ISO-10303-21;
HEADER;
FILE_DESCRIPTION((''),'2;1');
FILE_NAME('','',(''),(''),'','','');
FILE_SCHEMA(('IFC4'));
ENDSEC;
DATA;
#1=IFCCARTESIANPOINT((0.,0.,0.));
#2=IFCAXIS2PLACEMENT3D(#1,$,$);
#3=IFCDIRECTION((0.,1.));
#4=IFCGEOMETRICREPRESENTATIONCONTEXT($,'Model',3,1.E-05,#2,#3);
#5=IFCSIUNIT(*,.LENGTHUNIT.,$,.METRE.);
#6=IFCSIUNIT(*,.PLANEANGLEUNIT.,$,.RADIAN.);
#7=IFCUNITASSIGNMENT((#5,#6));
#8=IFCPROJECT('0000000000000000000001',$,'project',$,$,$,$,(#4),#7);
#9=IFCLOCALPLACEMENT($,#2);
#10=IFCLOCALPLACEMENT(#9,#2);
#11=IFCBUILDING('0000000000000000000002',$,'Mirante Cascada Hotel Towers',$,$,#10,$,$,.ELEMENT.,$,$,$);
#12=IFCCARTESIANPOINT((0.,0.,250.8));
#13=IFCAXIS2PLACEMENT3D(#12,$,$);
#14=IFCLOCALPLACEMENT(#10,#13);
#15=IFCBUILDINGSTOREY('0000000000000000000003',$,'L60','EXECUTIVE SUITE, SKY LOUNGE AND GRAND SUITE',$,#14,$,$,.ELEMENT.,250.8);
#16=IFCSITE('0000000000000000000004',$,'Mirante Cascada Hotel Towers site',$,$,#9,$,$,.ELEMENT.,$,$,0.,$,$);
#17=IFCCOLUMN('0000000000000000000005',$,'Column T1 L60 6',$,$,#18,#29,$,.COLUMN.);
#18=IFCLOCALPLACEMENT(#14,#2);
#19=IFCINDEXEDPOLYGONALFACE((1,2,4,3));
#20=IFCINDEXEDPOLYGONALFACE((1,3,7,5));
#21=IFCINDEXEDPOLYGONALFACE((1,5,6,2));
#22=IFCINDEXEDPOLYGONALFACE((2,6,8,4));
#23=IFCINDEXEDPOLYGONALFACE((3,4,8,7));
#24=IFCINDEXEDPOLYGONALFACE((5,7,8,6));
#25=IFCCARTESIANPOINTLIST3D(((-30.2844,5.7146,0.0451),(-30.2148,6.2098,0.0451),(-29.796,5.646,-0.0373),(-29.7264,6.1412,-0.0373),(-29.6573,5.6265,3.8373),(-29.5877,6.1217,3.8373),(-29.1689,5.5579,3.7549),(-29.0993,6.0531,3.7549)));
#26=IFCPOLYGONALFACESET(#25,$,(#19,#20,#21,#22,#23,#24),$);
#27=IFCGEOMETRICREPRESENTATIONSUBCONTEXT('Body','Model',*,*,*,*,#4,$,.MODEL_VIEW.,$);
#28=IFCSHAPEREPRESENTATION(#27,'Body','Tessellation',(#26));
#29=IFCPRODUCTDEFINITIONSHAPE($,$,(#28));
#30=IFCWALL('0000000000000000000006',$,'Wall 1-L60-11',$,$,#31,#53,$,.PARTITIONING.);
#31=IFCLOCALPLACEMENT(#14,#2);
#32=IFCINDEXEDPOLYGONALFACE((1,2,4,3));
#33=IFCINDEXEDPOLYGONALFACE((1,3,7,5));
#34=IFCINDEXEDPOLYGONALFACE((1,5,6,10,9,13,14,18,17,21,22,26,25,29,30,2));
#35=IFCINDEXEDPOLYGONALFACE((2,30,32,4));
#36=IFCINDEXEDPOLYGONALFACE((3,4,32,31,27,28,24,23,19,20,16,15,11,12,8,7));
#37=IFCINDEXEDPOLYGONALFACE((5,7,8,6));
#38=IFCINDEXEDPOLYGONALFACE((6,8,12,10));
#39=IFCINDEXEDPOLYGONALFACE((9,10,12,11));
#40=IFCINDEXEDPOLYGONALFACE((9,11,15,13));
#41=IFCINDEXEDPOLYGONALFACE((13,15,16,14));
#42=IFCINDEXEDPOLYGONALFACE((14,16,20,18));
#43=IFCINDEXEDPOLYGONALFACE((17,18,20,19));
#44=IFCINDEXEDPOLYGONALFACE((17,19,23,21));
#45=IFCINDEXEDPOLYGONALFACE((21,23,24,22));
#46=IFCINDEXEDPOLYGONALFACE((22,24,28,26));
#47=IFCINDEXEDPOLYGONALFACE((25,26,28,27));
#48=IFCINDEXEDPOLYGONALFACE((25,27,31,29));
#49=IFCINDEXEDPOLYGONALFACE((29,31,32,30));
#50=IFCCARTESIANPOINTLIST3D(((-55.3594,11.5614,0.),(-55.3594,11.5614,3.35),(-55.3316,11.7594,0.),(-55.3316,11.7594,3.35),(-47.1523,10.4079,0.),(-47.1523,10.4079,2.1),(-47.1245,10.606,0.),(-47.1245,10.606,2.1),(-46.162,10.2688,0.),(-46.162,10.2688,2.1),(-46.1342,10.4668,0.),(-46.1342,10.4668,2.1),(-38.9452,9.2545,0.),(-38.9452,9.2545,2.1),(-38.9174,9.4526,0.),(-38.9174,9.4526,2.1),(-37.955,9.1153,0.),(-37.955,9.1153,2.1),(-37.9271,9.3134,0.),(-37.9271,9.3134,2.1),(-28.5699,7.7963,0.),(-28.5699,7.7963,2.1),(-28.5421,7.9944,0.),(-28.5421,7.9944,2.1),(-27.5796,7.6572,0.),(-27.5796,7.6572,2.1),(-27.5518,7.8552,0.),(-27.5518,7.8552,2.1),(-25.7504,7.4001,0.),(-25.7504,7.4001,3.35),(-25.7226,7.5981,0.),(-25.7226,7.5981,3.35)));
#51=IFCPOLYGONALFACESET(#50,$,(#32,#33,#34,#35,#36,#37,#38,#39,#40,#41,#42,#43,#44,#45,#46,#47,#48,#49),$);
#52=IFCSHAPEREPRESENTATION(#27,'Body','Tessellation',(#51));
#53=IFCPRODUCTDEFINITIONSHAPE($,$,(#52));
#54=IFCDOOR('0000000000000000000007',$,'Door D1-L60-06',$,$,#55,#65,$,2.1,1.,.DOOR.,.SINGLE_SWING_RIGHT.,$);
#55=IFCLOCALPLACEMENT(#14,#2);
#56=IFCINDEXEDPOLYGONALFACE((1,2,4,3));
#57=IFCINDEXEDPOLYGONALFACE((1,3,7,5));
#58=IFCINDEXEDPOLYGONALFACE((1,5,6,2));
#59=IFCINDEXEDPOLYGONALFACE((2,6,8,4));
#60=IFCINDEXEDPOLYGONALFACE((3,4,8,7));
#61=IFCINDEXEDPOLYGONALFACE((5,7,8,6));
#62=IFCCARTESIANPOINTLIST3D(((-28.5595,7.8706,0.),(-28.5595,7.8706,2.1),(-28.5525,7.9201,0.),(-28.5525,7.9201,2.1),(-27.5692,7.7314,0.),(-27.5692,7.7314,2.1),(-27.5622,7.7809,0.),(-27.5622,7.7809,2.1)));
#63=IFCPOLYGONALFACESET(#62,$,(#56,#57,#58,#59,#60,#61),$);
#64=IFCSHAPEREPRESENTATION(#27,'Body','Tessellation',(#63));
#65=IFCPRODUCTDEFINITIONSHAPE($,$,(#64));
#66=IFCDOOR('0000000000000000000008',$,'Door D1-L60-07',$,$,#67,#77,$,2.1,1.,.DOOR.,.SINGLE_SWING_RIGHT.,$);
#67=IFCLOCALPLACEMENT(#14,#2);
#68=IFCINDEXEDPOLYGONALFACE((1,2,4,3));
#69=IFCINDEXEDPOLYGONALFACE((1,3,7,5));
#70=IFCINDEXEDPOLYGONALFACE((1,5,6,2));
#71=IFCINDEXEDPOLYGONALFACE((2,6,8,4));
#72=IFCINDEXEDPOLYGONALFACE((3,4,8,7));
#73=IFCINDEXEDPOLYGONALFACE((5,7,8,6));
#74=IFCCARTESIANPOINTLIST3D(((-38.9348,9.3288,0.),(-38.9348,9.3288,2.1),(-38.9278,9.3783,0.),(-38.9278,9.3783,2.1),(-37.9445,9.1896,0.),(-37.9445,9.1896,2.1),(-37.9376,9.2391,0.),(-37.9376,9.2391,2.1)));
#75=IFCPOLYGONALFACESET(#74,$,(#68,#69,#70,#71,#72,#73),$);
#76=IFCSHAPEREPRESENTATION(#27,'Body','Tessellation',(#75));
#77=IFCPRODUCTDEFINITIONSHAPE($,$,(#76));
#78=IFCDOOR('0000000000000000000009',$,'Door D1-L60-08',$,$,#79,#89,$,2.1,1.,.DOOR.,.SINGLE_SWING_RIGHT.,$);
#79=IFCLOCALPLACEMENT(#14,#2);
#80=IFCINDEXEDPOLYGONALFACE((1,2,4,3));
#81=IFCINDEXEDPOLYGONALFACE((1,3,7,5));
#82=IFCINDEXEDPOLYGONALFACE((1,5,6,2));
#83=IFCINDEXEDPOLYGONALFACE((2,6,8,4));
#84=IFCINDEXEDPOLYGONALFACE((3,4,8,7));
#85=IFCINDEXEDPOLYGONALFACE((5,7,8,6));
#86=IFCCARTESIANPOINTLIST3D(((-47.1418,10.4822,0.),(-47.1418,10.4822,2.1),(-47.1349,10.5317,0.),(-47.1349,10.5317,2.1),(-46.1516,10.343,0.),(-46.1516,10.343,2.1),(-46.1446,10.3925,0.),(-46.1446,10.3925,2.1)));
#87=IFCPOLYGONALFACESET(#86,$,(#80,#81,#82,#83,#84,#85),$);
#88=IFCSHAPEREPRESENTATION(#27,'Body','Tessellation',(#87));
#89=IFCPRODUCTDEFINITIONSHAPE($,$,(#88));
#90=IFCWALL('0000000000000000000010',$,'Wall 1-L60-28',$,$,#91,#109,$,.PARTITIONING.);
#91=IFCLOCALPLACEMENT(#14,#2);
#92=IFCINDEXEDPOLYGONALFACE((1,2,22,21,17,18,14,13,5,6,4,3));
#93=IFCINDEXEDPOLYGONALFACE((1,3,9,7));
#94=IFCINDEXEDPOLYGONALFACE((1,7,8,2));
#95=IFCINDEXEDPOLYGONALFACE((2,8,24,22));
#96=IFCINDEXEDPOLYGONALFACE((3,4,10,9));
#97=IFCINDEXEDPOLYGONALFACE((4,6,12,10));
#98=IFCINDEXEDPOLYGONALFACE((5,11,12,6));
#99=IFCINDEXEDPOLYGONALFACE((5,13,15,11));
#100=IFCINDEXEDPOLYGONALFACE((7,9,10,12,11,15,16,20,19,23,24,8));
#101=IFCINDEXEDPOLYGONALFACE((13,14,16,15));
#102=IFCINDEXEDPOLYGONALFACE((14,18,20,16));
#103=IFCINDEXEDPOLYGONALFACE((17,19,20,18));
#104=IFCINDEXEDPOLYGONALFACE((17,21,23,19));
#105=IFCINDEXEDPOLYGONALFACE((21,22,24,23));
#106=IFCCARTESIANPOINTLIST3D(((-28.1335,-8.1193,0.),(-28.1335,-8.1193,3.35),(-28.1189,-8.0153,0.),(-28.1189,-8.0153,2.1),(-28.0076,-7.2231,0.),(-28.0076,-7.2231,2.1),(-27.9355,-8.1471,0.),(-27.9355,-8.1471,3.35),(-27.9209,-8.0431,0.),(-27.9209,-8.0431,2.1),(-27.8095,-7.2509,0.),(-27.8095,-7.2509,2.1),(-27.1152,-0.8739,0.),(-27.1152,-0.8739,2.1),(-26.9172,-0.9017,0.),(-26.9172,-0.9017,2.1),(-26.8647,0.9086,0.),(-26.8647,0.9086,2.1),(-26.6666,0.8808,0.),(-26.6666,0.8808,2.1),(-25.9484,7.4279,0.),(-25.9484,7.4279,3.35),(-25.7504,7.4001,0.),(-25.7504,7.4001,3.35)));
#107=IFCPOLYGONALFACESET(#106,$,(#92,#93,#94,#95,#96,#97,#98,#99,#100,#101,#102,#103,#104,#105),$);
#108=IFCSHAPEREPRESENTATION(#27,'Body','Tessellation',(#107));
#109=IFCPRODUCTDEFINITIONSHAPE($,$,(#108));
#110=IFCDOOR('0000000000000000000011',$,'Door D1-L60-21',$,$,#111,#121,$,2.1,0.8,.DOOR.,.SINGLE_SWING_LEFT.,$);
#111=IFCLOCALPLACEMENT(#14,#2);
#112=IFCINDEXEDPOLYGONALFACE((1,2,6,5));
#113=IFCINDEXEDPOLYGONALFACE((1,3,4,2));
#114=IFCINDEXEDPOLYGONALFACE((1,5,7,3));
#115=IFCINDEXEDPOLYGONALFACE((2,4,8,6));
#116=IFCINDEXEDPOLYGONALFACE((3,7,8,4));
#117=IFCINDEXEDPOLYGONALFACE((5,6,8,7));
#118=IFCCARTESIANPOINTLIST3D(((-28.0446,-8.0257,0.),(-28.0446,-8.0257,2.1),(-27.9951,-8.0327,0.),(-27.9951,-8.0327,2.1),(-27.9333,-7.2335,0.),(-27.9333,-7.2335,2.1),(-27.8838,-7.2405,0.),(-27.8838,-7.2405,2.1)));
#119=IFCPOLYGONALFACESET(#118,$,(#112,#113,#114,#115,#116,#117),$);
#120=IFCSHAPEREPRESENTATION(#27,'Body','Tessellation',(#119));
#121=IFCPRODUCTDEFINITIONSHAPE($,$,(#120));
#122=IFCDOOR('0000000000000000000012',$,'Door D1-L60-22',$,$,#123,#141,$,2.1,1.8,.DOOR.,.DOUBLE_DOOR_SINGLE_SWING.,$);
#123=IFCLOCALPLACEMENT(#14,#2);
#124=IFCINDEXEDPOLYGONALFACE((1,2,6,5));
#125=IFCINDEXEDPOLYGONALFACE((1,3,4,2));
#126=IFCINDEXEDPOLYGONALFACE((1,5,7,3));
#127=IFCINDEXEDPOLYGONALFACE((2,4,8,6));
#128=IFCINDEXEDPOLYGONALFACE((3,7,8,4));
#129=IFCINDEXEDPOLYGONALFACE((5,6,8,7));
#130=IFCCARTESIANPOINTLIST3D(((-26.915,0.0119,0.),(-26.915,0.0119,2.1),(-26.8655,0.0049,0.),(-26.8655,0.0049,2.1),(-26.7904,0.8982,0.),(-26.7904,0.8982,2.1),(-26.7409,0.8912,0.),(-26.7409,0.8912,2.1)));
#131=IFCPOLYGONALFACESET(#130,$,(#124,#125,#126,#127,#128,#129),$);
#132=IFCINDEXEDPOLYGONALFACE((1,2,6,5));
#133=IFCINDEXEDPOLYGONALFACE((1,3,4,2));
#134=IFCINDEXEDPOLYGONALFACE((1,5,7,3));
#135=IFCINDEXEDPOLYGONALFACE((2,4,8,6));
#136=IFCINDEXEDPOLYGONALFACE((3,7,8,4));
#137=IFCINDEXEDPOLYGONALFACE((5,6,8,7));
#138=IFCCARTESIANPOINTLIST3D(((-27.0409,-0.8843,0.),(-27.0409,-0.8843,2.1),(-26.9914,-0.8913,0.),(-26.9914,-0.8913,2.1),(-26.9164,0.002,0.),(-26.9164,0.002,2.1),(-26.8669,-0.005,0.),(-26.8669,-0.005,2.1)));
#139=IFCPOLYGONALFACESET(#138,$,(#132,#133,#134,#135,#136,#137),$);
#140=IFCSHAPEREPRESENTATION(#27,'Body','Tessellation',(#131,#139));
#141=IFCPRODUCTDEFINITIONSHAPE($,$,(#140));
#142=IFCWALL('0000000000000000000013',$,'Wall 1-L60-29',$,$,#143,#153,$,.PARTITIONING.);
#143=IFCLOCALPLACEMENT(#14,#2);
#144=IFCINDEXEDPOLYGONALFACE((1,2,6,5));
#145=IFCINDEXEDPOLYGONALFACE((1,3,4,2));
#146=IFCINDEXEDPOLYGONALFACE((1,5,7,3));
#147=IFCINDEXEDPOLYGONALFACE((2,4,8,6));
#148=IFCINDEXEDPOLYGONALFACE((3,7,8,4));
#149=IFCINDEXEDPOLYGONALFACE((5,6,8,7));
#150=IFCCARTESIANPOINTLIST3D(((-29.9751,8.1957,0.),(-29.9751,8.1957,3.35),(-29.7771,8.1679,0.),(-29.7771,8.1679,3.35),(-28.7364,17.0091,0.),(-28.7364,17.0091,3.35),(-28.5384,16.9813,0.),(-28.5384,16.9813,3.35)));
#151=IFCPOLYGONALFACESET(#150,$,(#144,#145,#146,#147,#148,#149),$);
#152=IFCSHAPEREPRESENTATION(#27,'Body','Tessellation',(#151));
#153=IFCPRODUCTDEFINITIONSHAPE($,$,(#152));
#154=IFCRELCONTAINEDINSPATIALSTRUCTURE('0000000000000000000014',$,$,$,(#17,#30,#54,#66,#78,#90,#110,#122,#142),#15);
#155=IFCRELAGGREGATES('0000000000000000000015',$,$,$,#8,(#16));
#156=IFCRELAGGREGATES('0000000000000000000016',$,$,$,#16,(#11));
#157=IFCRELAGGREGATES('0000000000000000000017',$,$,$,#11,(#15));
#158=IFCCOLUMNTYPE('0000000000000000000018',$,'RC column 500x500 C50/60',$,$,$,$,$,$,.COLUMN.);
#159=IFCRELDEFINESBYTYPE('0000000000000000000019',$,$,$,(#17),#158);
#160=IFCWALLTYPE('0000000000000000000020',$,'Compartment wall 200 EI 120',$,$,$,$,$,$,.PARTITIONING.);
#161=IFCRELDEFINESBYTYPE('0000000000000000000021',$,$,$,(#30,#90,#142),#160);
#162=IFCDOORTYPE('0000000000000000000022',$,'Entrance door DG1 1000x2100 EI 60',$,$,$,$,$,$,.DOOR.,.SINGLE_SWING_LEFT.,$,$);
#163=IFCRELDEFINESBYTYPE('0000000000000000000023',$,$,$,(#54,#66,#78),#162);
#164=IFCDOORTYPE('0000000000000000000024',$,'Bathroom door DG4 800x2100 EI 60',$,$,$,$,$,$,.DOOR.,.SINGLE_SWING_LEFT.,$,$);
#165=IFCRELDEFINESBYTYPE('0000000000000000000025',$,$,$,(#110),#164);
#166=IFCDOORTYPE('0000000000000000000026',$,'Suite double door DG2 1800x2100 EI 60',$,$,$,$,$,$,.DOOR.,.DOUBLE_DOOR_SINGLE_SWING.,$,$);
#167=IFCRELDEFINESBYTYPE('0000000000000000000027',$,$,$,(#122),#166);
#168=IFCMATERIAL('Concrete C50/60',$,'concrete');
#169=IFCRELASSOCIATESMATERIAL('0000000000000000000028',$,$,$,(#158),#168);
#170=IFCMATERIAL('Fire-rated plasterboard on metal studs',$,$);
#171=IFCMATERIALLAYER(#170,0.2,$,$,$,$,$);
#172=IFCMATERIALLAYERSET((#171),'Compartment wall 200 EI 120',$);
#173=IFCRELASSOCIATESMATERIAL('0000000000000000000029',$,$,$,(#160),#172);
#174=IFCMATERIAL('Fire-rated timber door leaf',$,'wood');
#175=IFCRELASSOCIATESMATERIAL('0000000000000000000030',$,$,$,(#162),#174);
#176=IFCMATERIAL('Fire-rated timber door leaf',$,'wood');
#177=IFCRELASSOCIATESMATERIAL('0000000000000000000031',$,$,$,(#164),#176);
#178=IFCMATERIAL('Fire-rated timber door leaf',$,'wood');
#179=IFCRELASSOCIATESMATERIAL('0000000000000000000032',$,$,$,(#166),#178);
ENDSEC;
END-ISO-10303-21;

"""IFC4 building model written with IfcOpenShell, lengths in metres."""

from ifc_helpers import new_model, si_unit, direction, frame, frame_2d, origin, origin_2d, place, context, subcontext, project, spatial, rectangle, extrude, material, layer, layer_set, material_profile, profile_set, type_object, element, fill, save


model = new_model("IFC4")

# Units and contexts
model_context = context("Model", 3, precision=1e-05, world=origin(), true_north=direction((0.0, 1.0)))
body_context = subcontext(model_context, "Body", "Model", "MODEL_VIEW")
ifc_project = project(units=[si_unit("LENGTHUNIT", "METRE"), si_unit("PLANEANGLEUNIT", "RADIAN")], contexts=[model_context])

# Site, building, storey
site_placement = place(None, origin())
site = spatial("IfcSite", under=ifc_project, at=site_placement, Name="Mirante Cascada Hotel Towers site", CompositionType="ELEMENT", RefElevation=0.0)
building_placement = place(site_placement, origin())
building = spatial("IfcBuilding", under=site, at=building_placement, Name="Mirante Cascada Hotel Towers", CompositionType="ELEMENT")
storey_placement = place(building_placement, frame((0.0, 0.0, 250.8)))
storey = spatial("IfcBuildingStorey", under=building, at=storey_placement, Name="L60", Description="EXECUTIVE SUITE, SKY LOUNGE AND GRAND SUITE", CompositionType="ELEMENT", Elevation=250.8)

# Column
ifc_material_1 = material(Name="Concrete C50/60", Category="concrete")
ifc_material_profile = material_profile(ifc_material_1, rectangle(XDim=0.5, YDim=0.5, at=origin_2d()), Name="RC column 500x500 C50/60")
ifc_profile_set = profile_set([ifc_material_profile], Name="Concrete C50/60")
column_type = type_object("IfcColumnType", Name="RC column 500x500 C50/60", PredefinedType="COLUMN", material=ifc_profile_set)
column_placement = place(storey_placement, frame((-30.0054, 5.9279, 0.0039), z_axis=(0.163107, -0.022915, 0.986342), x_axis=(0.139122, 0.990275, 0.0)))
element("IfcColumn", 1, at=column_placement, inside=storey, type_object=column_type, Name="Column T1 L60 6", PredefinedType="COLUMN", context=body_context, shape_type="SweptSolid", body=[
    extrude(rectangle(XDim=0.5, YDim=0.5, at=origin_2d()), origin(), (0.0, 0.0, 1.0), 3.8447),
])

# Walls, openings, doors
ifc_material_2 = material(Name="Fire-rated plasterboard on metal studs")
ifc_layer_1 = layer(ifc_material_2, 0.2)
ifc_layer_set_1 = layer_set([ifc_layer_1], Name="Compartment wall 200 EI 120")
wall_type_1 = type_object("IfcWallType", Name="Compartment wall 200 EI 120", PredefinedType="PARTITIONING", material=ifc_layer_set_1)
wall_1_placement = place(storey_placement, frame((-25.7365, 7.4991, 0.0), z_axis=(0.0, 0.0, 1.0), x_axis=(-0.990268, 0.139174, 0.0)))
wall_1 = element("IfcWall", 2, at=wall_1_placement, inside=storey, type_object=wall_type_1, Name="Wall 1-L60-11", PredefinedType="PARTITIONING", context=body_context, shape_type="SweptSolid", body=[
    extrude(rectangle(XDim=29.9, YDim=0.2, at=frame_2d((14.95, 0.0))), origin(), (0.0, 0.0, 1.0), 3.35),
])
opening_1_placement = place(wall_1_placement, frame((1.8472, 0.0, 0.0)))
opening_1 = element("IfcOpeningElement", 3, at=opening_1_placement, cuts=wall_1, PredefinedType="OPENING", context=body_context, shape_type="SweptSolid", body=[
    extrude(rectangle(XDim=1.0, YDim=2.1, at=frame_2d((0.5, 1.05))), frame((0.0, 0.1, 0.0), z_axis=(0.0, -1.0, 0.0), x_axis=(1.0, 0.0, 0.0)), (0.0, 0.0, 1.0), 0.2),
])
opening_2_placement = place(wall_1_placement, frame((12.3245, 0.0, 0.0)))
opening_2 = element("IfcOpeningElement", 4, at=opening_2_placement, cuts=wall_1, PredefinedType="OPENING", context=body_context, shape_type="SweptSolid", body=[
    extrude(rectangle(XDim=1.0, YDim=2.1, at=frame_2d((0.5, 1.05))), frame((0.0, 0.1, 0.0), z_axis=(0.0, -1.0, 0.0), x_axis=(1.0, 0.0, 0.0)), (0.0, 0.0, 1.0), 0.2),
])
opening_3_placement = place(wall_1_placement, frame((20.6122, 0.0, 0.0)))
opening_3 = element("IfcOpeningElement", 5, at=opening_3_placement, cuts=wall_1, PredefinedType="OPENING", context=body_context, shape_type="SweptSolid", body=[
    extrude(rectangle(XDim=1.0, YDim=2.1, at=frame_2d((0.5, 1.05))), frame((0.0, 0.1, 0.0), z_axis=(0.0, -1.0, 0.0), x_axis=(1.0, 0.0, 0.0)), (0.0, 0.0, 1.0), 0.2),
])
ifc_material_3 = material(Name="Fire-rated timber door leaf", Category="wood")
door_type_1 = type_object("IfcDoorType", Name="Entrance door DG1 1000x2100 EI 60", OperationType="SINGLE_SWING_LEFT", PredefinedType="DOOR", material=ifc_material_3)
door_1_placement = place(opening_1_placement, frame((1.0, 0.0, 0.0), z_axis=(0.0, 0.0, 1.0), x_axis=(-1.0, 0.0, 0.0)))
door_1 = element("IfcDoor", 6, at=door_1_placement, inside=storey, type_object=door_type_1, Name="Door D1-L60-06", OperationType="SINGLE_SWING_RIGHT", OverallHeight=2.1, OverallWidth=1.0, PredefinedType="DOOR", context=body_context, shape_type="SweptSolid", body=[
    extrude(rectangle(XDim=1.0, YDim=2.1, at=frame_2d((0.5, 1.05))), frame((0.0, 0.025, 0.0), z_axis=(0.0, -1.0, 0.0), x_axis=(1.0, 0.0, 0.0)), (0.0, 0.0, 1.0), 0.05),
])
fill(opening_1, door_1)
door_2_placement = place(opening_2_placement, frame((1.0, 0.0, 0.0), z_axis=(0.0, 0.0, 1.0), x_axis=(-1.0, 0.0, 0.0)))
door_2 = element("IfcDoor", 7, at=door_2_placement, inside=storey, type_object=door_type_1, Name="Door D1-L60-07", OperationType="SINGLE_SWING_RIGHT", OverallHeight=2.1, OverallWidth=1.0, PredefinedType="DOOR", context=body_context, shape_type="SweptSolid", body=[
    extrude(rectangle(XDim=1.0, YDim=2.1, at=frame_2d((0.5, 1.05))), frame((0.0, 0.025, 0.0), z_axis=(0.0, -1.0, 0.0), x_axis=(1.0, 0.0, 0.0)), (0.0, 0.0, 1.0), 0.05),
])
fill(opening_2, door_2)
door_3_placement = place(opening_3_placement, frame((1.0, 0.0, 0.0), z_axis=(0.0, 0.0, 1.0), x_axis=(-1.0, 0.0, 0.0)))
door_3 = element("IfcDoor", 8, at=door_3_placement, inside=storey, type_object=door_type_1, Name="Door D1-L60-08", OperationType="SINGLE_SWING_RIGHT", OverallHeight=2.1, OverallWidth=1.0, PredefinedType="DOOR", context=body_context, shape_type="SweptSolid", body=[
    extrude(rectangle(XDim=1.0, YDim=2.1, at=frame_2d((0.5, 1.05))), frame((0.0, 0.025, 0.0), z_axis=(0.0, -1.0, 0.0), x_axis=(1.0, 0.0, 0.0)), (0.0, 0.0, 1.0), 0.05),
])
fill(opening_3, door_3)
wall_2_placement = place(storey_placement, frame((-25.8494, 7.414, 0.0), z_axis=(0.0, 0.0, 1.0), x_axis=(-0.139178, -0.990267, 0.0)))
wall_2 = element("IfcWall", 9, at=wall_2_placement, inside=storey, type_object=wall_type_1, Name="Wall 1-L60-28", PredefinedType="PARTITIONING", context=body_context, shape_type="SweptSolid", body=[
    extrude(rectangle(XDim=15.7, YDim=0.2, at=frame_2d((7.85, 0.0))), origin(), (0.0, 0.0, 1.0), 3.35),
])
opening_4_placement = place(wall_2_placement, frame((14.795, 0.0, 0.0)))
opening_4 = element("IfcOpeningElement", 10, at=opening_4_placement, cuts=wall_2, PredefinedType="OPENING", context=body_context, shape_type="SweptSolid", body=[
    extrude(rectangle(XDim=0.8, YDim=2.1, at=frame_2d((0.4, 1.05))), frame((0.0, 0.1, 0.0), z_axis=(0.0, -1.0, 0.0), x_axis=(1.0, 0.0, 0.0)), (0.0, 0.0, 1.0), 0.2),
])
opening_5_placement = place(wall_2_placement, frame((6.5834, 0.0, 0.0)))
opening_5 = element("IfcOpeningElement", 11, at=opening_5_placement, cuts=wall_2, PredefinedType="OPENING", context=body_context, shape_type="SweptSolid", body=[
    extrude(rectangle(XDim=1.8, YDim=2.1, at=frame_2d((0.9, 1.05))), frame((0.0, 0.1, 0.0), z_axis=(0.0, -1.0, 0.0), x_axis=(1.0, 0.0, 0.0)), (0.0, 0.0, 1.0), 0.2),
])
ifc_material_4 = material(Name="Fire-rated timber door leaf", Category="wood")
door_type_2 = type_object("IfcDoorType", Name="Bathroom door DG4 800x2100 EI 60", OperationType="SINGLE_SWING_LEFT", PredefinedType="DOOR", material=ifc_material_4)
door_4_placement = place(opening_4_placement, origin())
door_4 = element("IfcDoor", 12, at=door_4_placement, inside=storey, type_object=door_type_2, Name="Door D1-L60-21", OperationType="SINGLE_SWING_LEFT", OverallHeight=2.1, OverallWidth=0.8, PredefinedType="DOOR", context=body_context, shape_type="SweptSolid", body=[
    extrude(rectangle(XDim=0.8, YDim=2.1, at=frame_2d((0.4, 1.05))), frame((0.0, 0.025, 0.0), z_axis=(0.0, -1.0, 0.0), x_axis=(1.0, 0.0, 0.0)), (0.0, 0.0, 1.0), 0.05),
])
fill(opening_4, door_4)
ifc_material_5 = material(Name="Fire-rated timber door leaf", Category="wood")
door_type_3 = type_object("IfcDoorType", Name="Suite double door DG2 1800x2100 EI 60", OperationType="DOUBLE_DOOR_SINGLE_SWING", PredefinedType="DOOR", material=ifc_material_5)
door_5_placement = place(opening_5_placement, origin())
door_5 = element("IfcDoor", 13, at=door_5_placement, inside=storey, type_object=door_type_3, Name="Door D1-L60-22", OperationType="DOUBLE_DOOR_SINGLE_SWING", OverallHeight=2.1, OverallWidth=1.8, PredefinedType="DOOR", context=body_context, shape_type="SweptSolid", body=[
    extrude(rectangle(XDim=0.895, YDim=2.1, at=frame_2d((0.4475, 1.05))), frame((0.0, 0.025, 0.0), z_axis=(0.0, -1.0, 0.0), x_axis=(1.0, 0.0, 0.0)), (0.0, 0.0, 1.0), 0.05),
    extrude(rectangle(XDim=0.895, YDim=2.1, at=frame_2d((1.3525, 1.05))), frame((0.0, 0.025, 0.0), z_axis=(0.0, -1.0, 0.0), x_axis=(1.0, 0.0, 0.0)), (0.0, 0.0, 1.0), 0.05),
])
fill(opening_5, door_5)

# Wall
wall_3_placement = place(storey_placement, frame((-29.8761, 8.1818, 0.0), z_axis=(0.0, 0.0, 1.0), x_axis=(0.139179, 0.990267, 0.0)))
element("IfcWall", 14, at=wall_3_placement, inside=storey, type_object=wall_type_1, Name="Wall 1-L60-29", PredefinedType="PARTITIONING", context=body_context, shape_type="SweptSolid", body=[
    extrude(rectangle(XDim=8.9, YDim=0.2, at=frame_2d((4.45, 0.0))), origin(), (0.0, 0.0, 1.0), 3.35),
])

save(model, "model.ifc")
